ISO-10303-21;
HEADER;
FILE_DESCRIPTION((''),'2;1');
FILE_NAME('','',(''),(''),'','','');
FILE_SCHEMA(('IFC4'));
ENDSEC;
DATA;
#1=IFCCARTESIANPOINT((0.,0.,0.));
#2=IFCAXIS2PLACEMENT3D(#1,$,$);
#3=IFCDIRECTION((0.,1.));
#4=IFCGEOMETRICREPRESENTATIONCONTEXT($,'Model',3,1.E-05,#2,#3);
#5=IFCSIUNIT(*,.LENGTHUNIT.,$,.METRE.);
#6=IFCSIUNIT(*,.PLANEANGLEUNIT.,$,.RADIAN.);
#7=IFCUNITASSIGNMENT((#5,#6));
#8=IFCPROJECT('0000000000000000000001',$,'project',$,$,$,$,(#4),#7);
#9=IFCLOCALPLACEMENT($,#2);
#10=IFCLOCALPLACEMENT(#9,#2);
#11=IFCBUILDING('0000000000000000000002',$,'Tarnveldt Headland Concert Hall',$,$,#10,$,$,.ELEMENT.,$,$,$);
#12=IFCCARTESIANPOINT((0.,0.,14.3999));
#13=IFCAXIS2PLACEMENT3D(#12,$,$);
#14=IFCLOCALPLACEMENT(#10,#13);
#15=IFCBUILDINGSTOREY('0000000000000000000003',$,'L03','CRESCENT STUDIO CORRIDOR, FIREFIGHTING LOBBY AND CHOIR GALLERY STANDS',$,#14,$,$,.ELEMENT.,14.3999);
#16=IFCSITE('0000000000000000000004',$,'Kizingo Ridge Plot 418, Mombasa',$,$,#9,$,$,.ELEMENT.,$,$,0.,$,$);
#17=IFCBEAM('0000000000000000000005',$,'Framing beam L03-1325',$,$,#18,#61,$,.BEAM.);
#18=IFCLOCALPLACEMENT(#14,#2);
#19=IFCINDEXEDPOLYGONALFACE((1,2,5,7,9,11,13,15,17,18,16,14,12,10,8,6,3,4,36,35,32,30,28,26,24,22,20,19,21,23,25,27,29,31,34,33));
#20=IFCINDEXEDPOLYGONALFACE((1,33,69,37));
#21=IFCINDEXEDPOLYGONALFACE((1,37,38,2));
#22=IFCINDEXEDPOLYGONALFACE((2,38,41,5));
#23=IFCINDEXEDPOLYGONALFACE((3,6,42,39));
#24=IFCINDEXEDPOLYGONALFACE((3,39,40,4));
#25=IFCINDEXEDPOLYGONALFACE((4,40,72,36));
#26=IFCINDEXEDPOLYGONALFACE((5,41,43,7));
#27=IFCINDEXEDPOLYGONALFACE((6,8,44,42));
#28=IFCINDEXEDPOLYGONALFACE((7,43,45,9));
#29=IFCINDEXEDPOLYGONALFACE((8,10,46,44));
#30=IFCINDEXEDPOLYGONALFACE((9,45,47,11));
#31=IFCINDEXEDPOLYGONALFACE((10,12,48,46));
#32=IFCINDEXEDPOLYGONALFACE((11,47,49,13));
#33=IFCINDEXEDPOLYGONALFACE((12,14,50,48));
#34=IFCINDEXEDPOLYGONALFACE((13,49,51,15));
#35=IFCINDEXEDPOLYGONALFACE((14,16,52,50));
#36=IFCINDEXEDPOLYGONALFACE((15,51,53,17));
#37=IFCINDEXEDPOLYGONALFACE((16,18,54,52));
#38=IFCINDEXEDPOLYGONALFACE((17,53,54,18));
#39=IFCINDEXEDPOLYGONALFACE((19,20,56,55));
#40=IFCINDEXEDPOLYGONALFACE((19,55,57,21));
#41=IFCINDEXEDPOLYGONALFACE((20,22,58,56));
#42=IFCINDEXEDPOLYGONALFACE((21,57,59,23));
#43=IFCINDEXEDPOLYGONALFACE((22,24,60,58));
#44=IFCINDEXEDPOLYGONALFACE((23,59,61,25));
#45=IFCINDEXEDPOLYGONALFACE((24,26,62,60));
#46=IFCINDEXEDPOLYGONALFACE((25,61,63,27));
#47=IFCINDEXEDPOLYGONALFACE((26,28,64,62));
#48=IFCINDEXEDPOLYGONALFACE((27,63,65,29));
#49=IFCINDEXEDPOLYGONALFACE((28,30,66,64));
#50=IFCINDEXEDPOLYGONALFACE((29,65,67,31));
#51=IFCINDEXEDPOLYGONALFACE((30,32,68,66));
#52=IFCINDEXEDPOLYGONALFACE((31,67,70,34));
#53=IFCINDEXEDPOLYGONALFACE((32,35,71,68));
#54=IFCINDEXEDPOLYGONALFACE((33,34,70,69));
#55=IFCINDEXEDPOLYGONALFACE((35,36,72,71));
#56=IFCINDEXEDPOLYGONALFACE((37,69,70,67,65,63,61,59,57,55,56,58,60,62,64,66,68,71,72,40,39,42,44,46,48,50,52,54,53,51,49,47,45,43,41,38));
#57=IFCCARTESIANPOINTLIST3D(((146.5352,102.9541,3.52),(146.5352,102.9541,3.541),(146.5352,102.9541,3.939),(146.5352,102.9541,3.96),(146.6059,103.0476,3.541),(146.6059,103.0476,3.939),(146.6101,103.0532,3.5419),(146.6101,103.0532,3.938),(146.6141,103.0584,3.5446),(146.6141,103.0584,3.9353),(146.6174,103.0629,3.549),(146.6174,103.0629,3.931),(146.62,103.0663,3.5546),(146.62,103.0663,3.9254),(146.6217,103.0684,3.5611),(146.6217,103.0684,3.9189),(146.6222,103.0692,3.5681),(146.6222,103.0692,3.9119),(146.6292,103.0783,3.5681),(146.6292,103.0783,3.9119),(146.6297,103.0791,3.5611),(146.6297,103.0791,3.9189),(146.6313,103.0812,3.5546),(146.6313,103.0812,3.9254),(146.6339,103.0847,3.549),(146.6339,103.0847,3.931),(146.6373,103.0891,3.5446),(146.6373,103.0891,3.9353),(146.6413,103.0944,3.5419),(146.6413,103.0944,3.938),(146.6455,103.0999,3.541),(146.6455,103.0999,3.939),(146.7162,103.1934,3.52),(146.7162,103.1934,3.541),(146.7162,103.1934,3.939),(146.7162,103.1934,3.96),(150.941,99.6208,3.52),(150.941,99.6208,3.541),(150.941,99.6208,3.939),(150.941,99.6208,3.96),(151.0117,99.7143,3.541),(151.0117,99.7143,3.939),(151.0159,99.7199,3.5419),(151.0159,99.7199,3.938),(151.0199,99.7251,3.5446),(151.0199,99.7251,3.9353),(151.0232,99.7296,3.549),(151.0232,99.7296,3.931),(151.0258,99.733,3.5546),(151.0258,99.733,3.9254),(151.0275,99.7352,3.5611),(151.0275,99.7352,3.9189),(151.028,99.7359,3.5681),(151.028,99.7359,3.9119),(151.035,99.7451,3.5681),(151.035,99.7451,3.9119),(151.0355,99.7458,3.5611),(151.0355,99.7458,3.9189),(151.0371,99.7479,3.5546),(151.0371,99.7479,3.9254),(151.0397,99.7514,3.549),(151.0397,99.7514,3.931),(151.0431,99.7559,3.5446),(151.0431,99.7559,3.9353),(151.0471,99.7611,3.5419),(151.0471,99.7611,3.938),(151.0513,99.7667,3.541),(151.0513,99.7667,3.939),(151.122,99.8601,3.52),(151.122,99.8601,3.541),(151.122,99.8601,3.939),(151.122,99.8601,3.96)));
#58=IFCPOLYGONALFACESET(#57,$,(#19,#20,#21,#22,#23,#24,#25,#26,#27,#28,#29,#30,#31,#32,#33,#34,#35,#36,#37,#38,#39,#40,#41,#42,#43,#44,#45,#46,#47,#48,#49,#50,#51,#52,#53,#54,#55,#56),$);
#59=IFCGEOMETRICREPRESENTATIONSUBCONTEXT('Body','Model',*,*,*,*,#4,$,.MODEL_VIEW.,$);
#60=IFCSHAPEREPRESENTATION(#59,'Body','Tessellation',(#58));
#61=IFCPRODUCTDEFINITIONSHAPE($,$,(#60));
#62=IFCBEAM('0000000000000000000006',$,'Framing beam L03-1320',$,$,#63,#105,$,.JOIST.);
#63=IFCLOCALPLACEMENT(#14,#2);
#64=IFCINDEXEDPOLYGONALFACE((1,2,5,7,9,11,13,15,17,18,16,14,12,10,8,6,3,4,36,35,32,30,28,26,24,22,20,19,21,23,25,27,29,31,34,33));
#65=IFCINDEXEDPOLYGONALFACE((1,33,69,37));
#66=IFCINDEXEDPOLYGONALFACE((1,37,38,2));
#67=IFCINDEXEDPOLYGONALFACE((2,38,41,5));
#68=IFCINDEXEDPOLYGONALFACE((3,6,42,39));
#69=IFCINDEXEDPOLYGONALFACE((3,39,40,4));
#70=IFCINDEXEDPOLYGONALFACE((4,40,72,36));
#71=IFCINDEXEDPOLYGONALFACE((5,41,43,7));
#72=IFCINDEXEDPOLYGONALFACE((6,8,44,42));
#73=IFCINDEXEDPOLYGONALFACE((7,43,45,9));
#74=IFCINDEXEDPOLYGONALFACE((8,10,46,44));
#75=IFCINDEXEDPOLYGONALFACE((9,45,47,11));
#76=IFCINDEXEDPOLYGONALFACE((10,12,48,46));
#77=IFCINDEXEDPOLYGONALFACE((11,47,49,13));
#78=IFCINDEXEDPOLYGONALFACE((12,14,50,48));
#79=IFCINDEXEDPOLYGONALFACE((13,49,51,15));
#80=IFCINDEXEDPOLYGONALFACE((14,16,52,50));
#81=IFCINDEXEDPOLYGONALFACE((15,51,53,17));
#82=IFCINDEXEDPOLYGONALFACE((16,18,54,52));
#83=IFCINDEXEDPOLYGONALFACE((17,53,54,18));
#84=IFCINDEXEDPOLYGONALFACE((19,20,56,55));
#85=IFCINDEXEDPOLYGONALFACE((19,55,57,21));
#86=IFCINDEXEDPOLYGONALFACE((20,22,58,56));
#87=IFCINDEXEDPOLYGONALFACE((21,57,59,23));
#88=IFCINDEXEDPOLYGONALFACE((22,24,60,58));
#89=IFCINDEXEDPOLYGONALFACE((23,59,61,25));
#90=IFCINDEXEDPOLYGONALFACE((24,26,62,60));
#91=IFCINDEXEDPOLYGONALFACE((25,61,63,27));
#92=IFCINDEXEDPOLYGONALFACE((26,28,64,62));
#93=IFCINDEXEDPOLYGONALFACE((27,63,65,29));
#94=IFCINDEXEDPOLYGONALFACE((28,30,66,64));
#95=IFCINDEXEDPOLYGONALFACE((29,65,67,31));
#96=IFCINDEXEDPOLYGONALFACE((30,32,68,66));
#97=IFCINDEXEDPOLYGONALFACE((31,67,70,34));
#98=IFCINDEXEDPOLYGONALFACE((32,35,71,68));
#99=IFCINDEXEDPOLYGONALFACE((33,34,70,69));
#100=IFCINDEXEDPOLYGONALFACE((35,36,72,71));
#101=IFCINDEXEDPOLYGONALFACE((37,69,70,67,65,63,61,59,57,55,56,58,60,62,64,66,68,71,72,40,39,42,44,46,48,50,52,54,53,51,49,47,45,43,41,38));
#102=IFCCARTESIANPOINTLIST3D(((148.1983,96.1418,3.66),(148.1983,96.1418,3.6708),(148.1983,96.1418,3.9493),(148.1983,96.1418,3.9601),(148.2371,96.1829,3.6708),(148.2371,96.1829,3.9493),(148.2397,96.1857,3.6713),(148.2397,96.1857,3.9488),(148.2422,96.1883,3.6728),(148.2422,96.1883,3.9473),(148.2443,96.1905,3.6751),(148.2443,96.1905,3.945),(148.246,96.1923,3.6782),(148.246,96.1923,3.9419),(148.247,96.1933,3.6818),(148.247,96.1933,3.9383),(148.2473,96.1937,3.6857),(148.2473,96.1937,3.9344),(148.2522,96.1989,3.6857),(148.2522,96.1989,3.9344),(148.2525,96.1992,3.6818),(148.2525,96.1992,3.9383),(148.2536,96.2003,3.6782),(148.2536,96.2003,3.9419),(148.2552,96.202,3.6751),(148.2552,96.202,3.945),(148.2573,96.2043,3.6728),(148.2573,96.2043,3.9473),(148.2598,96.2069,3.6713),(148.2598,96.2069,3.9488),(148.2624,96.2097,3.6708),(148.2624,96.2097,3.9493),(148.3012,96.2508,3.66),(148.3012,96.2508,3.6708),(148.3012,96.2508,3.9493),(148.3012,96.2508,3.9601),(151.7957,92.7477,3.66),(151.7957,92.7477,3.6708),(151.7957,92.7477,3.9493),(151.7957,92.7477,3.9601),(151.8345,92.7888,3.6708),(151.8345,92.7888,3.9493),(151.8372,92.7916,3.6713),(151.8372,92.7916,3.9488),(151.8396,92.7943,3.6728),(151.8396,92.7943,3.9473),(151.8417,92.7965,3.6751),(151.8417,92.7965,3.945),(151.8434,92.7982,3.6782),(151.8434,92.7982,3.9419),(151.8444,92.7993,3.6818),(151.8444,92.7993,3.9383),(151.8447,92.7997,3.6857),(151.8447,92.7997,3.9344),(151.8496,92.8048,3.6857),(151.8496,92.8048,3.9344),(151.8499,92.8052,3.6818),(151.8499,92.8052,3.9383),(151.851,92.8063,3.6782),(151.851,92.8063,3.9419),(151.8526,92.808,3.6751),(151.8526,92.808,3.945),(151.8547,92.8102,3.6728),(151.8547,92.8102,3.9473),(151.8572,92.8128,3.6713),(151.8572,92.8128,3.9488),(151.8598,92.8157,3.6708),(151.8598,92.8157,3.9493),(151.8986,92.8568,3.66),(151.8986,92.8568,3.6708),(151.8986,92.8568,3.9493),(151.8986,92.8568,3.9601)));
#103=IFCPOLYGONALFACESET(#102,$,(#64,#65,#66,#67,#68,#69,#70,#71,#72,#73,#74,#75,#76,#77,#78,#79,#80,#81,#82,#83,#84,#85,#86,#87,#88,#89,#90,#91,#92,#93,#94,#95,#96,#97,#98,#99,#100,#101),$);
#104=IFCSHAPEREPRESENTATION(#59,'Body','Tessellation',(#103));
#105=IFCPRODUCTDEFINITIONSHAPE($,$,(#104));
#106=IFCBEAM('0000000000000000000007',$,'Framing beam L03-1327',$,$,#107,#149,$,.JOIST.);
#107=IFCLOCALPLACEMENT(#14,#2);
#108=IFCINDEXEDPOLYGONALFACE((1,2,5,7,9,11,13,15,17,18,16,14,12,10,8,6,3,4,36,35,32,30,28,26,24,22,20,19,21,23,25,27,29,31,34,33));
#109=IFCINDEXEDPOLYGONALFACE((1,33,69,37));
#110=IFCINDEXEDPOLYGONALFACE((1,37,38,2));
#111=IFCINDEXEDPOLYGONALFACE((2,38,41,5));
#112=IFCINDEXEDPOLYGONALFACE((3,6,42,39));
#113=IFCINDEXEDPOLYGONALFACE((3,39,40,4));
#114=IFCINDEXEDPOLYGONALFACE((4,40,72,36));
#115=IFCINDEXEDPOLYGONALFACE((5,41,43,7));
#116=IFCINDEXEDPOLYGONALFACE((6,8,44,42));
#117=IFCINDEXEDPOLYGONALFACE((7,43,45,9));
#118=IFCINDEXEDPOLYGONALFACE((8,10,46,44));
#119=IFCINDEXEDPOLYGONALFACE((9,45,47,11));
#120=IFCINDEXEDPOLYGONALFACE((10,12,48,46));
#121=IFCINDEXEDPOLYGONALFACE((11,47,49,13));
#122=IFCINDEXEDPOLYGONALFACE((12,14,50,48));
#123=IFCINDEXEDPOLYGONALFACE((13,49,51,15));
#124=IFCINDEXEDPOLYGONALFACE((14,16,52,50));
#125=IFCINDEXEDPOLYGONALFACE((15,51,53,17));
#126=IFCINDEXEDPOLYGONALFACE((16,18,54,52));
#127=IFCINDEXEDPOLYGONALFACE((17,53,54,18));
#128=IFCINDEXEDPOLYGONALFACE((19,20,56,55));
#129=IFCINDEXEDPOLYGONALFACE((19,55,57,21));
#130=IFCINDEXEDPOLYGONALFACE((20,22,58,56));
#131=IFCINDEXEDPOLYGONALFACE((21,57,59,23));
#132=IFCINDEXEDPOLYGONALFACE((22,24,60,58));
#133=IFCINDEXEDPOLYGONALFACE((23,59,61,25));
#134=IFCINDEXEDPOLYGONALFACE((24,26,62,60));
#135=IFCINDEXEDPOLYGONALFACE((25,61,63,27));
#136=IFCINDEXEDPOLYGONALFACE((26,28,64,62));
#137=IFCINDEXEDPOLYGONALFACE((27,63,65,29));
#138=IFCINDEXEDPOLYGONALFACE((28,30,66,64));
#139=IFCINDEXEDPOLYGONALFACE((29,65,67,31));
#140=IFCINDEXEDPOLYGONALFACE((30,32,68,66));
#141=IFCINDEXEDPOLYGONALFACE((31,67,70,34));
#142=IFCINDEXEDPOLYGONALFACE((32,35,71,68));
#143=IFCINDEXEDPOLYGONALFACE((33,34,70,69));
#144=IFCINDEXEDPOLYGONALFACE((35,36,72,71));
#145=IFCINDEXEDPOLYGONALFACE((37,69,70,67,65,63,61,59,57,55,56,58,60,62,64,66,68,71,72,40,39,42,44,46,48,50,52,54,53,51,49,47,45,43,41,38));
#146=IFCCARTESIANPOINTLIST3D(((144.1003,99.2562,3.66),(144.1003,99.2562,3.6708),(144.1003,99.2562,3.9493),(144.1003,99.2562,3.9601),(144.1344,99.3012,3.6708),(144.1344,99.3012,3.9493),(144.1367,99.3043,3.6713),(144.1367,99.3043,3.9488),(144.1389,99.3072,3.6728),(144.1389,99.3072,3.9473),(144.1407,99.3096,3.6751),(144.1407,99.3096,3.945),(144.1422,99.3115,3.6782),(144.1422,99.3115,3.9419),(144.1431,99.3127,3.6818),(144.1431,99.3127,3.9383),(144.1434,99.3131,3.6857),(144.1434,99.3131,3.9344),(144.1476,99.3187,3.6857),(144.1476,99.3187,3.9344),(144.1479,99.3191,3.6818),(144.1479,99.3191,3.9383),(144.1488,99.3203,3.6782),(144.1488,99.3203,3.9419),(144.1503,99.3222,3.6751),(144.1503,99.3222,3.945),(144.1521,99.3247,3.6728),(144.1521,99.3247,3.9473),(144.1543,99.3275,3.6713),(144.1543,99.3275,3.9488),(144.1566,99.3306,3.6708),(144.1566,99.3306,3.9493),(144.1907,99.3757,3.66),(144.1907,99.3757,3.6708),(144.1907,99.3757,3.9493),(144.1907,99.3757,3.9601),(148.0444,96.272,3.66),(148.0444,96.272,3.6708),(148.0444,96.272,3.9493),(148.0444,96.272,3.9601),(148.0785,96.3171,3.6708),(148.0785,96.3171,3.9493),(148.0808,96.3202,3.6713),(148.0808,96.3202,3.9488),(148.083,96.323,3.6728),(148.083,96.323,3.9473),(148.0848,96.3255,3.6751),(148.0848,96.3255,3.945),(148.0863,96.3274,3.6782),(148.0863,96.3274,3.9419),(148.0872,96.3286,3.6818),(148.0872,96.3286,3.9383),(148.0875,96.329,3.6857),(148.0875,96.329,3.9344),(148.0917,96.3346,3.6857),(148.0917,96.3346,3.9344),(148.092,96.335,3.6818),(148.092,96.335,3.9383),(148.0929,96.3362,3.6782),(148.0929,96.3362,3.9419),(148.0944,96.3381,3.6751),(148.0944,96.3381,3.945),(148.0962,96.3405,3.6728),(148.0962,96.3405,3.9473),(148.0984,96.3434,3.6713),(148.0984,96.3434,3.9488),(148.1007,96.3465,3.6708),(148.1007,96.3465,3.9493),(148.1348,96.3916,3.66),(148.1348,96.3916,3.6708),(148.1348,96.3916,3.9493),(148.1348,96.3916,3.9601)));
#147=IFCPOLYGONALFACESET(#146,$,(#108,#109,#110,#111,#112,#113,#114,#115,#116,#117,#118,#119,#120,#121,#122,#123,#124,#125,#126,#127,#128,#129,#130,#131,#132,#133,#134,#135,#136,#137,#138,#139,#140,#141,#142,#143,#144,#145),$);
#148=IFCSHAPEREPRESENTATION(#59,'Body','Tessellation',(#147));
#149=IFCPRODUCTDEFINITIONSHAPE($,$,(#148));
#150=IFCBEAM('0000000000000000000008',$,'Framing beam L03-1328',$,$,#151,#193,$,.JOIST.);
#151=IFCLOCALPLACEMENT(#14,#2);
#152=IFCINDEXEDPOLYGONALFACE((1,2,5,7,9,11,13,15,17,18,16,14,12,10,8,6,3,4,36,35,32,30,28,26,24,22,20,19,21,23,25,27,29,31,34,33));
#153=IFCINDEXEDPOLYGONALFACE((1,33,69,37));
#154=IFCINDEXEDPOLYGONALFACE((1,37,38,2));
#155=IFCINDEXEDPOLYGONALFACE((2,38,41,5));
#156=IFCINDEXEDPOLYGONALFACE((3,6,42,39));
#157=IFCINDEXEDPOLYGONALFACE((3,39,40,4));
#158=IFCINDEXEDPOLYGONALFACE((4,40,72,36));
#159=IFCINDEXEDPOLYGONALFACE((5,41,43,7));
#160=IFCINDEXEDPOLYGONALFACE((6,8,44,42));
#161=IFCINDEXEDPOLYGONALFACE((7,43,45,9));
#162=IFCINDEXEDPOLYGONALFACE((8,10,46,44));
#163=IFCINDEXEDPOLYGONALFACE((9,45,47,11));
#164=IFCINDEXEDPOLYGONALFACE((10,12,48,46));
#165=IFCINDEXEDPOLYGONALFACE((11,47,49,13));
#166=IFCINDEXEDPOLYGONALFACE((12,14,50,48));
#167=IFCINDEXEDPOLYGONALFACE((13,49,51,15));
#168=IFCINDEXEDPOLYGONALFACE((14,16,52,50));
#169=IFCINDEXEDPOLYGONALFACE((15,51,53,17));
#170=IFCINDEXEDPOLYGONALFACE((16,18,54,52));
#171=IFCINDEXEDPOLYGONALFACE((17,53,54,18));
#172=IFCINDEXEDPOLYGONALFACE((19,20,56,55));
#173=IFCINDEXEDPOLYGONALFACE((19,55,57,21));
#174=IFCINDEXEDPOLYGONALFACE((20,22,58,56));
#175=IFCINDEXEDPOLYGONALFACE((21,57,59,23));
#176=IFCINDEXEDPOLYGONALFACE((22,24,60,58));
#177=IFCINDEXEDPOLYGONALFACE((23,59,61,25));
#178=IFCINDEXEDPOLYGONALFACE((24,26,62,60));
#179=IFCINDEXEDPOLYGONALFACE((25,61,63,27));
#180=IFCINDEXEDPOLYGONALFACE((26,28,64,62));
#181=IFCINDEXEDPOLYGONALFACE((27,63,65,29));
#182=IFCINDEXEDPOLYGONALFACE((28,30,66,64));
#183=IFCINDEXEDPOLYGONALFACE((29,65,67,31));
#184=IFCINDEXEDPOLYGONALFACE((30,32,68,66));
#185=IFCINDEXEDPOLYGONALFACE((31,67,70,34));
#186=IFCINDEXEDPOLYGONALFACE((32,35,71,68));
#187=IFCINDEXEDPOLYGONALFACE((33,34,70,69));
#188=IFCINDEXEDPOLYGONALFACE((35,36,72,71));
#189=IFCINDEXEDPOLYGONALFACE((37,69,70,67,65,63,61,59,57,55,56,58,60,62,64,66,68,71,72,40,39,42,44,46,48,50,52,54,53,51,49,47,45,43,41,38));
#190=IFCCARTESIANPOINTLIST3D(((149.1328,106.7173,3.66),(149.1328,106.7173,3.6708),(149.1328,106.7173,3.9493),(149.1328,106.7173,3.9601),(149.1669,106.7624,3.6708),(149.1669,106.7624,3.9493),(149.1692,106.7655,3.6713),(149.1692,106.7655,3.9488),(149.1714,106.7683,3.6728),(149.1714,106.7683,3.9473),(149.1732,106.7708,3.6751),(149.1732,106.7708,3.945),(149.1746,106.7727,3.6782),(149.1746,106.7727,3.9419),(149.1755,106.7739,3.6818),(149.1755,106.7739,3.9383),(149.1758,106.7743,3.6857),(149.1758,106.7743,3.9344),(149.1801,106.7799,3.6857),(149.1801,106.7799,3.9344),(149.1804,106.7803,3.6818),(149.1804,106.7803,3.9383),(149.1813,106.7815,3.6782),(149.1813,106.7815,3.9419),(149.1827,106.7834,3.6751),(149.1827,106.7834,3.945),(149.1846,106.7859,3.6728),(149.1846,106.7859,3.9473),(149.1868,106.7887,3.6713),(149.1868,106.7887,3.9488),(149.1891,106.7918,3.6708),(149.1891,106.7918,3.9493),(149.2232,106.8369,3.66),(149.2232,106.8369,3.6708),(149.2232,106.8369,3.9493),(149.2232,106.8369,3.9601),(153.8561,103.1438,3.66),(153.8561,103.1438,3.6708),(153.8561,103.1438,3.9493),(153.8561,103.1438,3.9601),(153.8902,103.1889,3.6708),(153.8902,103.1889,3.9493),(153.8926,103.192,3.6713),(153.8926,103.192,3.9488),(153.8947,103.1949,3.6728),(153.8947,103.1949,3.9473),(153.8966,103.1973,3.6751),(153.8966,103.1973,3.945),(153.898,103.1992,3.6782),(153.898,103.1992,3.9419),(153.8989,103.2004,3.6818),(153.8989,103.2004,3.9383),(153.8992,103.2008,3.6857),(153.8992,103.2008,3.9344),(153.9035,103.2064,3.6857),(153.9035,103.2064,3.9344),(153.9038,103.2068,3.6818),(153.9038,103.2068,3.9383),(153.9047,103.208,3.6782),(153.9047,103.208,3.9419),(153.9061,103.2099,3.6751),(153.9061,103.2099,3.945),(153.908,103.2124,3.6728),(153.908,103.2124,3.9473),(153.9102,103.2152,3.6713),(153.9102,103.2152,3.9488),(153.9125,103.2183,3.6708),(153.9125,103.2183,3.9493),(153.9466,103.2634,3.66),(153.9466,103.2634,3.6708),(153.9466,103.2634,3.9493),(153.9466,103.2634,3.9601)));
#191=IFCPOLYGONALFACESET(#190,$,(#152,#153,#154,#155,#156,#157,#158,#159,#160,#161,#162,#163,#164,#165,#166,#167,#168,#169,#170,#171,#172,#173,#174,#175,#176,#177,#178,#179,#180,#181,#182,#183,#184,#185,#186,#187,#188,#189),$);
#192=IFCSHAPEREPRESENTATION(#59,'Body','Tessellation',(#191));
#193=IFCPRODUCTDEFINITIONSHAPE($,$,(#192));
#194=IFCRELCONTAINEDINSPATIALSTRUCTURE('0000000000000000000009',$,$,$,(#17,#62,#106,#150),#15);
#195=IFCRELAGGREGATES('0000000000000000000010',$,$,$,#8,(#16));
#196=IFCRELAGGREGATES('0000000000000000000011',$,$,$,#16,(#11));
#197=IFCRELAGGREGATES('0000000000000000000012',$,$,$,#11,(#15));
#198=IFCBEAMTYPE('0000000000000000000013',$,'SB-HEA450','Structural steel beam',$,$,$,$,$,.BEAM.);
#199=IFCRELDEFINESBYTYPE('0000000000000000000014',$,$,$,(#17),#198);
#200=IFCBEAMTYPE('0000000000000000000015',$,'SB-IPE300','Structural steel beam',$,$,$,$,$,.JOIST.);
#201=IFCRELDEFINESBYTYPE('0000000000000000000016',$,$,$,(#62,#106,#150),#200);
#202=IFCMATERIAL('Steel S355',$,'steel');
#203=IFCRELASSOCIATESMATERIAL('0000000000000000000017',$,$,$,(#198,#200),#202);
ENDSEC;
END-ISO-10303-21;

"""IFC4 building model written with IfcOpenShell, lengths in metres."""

from ifc_helpers import new_model, si_unit, direction, frame, origin, origin_2d, place, context, subcontext, project, spatial, i_section, extrude, material, material_profile, profile_set, type_object, element, save


model = new_model("IFC4")

# Units and contexts
model_context = context("Model", 3, precision=1e-05, world=origin(), true_north=direction((0.0, 1.0)))
body_context = subcontext(model_context, "Body", "Model", "MODEL_VIEW")
ifc_project = project(units=[si_unit("LENGTHUNIT", "METRE"), si_unit("PLANEANGLEUNIT", "RADIAN")], contexts=[model_context])

# Site, building, storey
site_placement = place(None, origin())
site = spatial("IfcSite", under=ifc_project, at=site_placement, Name="Kizingo Ridge Plot 418, Mombasa", CompositionType="ELEMENT", RefElevation=0.0)
building_placement = place(site_placement, origin())
building = spatial("IfcBuilding", under=site, at=building_placement, Name="Tarnveldt Headland Concert Hall", CompositionType="ELEMENT")
storey_placement = place(building_placement, frame((0.0, 0.0, 14.3999)))
storey = spatial("IfcBuildingStorey", under=building, at=storey_placement, Name="L03", Description="CRESCENT STUDIO CORRIDOR, FIREFIGHTING LOBBY AND CHOIR GALLERY STANDS", CompositionType="ELEMENT", Elevation=14.3999)

# Shared definitions
ifc_material_1 = material(Name="Steel S355", Category="steel")

# Beams
ifc_material_profile_1 = material_profile(ifc_material_1, i_section(OverallWidth=0.3, OverallDepth=0.4399, WebThickness=0.0115, FlangeThickness=0.021, FilletRadius=0.0271, at=origin_2d()), Name="HEA450", Category="steel")
ifc_profile_set_1 = profile_set([ifc_material_profile_1], Name="Steel S355")
beam_type_1 = type_object("IfcBeamType", Name="SB-HEA450", Description="Structural steel beam", PredefinedType="BEAM", material=ifc_profile_set_1)
beam_1_placement = place(storey_placement, frame((151.0315, 99.7405, 3.74), z_axis=(-0.797479, 0.603346, 0.0), x_axis=(-0.603346, -0.797479, 0.0)))
element("IfcBeam", 1, at=beam_1_placement, inside=storey, type_object=beam_type_1, Name="Framing beam L03-1325", PredefinedType="BEAM", context=body_context, shape_type="SweptSolid", body=[
    extrude(i_section(OverallWidth=0.3, OverallDepth=0.4399, WebThickness=0.0115, FlangeThickness=0.021, FilletRadius=0.0271, at=origin_2d()), origin(), (0.0, 0.0, 1.0), 5.5247),
])
ifc_material_profile_2 = material_profile(ifc_material_1, i_section(OverallWidth=0.1499, OverallDepth=0.3, WebThickness=0.0071, FlangeThickness=0.0107, FilletRadius=0.0149, at=origin_2d()), Name="IPE300", Category="steel")
ifc_profile_set_2 = profile_set([ifc_material_profile_2], Name="Steel S355")
beam_type_2 = type_object("IfcBeamType", Name="SB-IPE300", Description="Structural steel beam", PredefinedType="JOIST", material=ifc_profile_set_2)
for number, where, z_axis, x_axis, name in (
    (2, (151.8472, 92.8022, 3.8101), (-0.727368, 0.686248, 0.0), (-0.686248, -0.727368, 0.0), "Framing beam L03-1320"),
    (3, (148.0896, 96.3318, 3.8101), (-0.797464, 0.603367, 0.0), (-0.603367, -0.797464, 0.0), "Framing beam L03-1327"),
):
    element("IfcBeam", number, at=place(storey_placement, frame(where, z_axis=z_axis, x_axis=x_axis)), inside=storey, type_object=beam_type_2, Name=name, PredefinedType="JOIST", context=body_context, shape_type="SweptSolid", body=[
        extrude(i_section(OverallWidth=0.1499, OverallDepth=0.3, WebThickness=0.0071, FlangeThickness=0.0107, FilletRadius=0.0149, at=origin_2d()), origin(), (0.0, 0.0, 1.0), 4.9458),
    ])
beam_2_placement = place(storey_placement, frame((153.9014, 103.2036, 3.8101), z_axis=(-0.797485, 0.603339, 0.0), x_axis=(-0.603339, -0.797485, 0.0)))
element("IfcBeam", 4, at=beam_2_placement, inside=storey, type_object=beam_type_2, Name="Framing beam L03-1328", PredefinedType="JOIST", context=body_context, shape_type="SweptSolid", body=[
    extrude(i_section(OverallWidth=0.1499, OverallDepth=0.3, WebThickness=0.0071, FlangeThickness=0.0107, FilletRadius=0.0149, at=origin_2d()), origin(), (0.0, 0.0, 1.0), 5.9229),
])

save(model, "model.ifc")
